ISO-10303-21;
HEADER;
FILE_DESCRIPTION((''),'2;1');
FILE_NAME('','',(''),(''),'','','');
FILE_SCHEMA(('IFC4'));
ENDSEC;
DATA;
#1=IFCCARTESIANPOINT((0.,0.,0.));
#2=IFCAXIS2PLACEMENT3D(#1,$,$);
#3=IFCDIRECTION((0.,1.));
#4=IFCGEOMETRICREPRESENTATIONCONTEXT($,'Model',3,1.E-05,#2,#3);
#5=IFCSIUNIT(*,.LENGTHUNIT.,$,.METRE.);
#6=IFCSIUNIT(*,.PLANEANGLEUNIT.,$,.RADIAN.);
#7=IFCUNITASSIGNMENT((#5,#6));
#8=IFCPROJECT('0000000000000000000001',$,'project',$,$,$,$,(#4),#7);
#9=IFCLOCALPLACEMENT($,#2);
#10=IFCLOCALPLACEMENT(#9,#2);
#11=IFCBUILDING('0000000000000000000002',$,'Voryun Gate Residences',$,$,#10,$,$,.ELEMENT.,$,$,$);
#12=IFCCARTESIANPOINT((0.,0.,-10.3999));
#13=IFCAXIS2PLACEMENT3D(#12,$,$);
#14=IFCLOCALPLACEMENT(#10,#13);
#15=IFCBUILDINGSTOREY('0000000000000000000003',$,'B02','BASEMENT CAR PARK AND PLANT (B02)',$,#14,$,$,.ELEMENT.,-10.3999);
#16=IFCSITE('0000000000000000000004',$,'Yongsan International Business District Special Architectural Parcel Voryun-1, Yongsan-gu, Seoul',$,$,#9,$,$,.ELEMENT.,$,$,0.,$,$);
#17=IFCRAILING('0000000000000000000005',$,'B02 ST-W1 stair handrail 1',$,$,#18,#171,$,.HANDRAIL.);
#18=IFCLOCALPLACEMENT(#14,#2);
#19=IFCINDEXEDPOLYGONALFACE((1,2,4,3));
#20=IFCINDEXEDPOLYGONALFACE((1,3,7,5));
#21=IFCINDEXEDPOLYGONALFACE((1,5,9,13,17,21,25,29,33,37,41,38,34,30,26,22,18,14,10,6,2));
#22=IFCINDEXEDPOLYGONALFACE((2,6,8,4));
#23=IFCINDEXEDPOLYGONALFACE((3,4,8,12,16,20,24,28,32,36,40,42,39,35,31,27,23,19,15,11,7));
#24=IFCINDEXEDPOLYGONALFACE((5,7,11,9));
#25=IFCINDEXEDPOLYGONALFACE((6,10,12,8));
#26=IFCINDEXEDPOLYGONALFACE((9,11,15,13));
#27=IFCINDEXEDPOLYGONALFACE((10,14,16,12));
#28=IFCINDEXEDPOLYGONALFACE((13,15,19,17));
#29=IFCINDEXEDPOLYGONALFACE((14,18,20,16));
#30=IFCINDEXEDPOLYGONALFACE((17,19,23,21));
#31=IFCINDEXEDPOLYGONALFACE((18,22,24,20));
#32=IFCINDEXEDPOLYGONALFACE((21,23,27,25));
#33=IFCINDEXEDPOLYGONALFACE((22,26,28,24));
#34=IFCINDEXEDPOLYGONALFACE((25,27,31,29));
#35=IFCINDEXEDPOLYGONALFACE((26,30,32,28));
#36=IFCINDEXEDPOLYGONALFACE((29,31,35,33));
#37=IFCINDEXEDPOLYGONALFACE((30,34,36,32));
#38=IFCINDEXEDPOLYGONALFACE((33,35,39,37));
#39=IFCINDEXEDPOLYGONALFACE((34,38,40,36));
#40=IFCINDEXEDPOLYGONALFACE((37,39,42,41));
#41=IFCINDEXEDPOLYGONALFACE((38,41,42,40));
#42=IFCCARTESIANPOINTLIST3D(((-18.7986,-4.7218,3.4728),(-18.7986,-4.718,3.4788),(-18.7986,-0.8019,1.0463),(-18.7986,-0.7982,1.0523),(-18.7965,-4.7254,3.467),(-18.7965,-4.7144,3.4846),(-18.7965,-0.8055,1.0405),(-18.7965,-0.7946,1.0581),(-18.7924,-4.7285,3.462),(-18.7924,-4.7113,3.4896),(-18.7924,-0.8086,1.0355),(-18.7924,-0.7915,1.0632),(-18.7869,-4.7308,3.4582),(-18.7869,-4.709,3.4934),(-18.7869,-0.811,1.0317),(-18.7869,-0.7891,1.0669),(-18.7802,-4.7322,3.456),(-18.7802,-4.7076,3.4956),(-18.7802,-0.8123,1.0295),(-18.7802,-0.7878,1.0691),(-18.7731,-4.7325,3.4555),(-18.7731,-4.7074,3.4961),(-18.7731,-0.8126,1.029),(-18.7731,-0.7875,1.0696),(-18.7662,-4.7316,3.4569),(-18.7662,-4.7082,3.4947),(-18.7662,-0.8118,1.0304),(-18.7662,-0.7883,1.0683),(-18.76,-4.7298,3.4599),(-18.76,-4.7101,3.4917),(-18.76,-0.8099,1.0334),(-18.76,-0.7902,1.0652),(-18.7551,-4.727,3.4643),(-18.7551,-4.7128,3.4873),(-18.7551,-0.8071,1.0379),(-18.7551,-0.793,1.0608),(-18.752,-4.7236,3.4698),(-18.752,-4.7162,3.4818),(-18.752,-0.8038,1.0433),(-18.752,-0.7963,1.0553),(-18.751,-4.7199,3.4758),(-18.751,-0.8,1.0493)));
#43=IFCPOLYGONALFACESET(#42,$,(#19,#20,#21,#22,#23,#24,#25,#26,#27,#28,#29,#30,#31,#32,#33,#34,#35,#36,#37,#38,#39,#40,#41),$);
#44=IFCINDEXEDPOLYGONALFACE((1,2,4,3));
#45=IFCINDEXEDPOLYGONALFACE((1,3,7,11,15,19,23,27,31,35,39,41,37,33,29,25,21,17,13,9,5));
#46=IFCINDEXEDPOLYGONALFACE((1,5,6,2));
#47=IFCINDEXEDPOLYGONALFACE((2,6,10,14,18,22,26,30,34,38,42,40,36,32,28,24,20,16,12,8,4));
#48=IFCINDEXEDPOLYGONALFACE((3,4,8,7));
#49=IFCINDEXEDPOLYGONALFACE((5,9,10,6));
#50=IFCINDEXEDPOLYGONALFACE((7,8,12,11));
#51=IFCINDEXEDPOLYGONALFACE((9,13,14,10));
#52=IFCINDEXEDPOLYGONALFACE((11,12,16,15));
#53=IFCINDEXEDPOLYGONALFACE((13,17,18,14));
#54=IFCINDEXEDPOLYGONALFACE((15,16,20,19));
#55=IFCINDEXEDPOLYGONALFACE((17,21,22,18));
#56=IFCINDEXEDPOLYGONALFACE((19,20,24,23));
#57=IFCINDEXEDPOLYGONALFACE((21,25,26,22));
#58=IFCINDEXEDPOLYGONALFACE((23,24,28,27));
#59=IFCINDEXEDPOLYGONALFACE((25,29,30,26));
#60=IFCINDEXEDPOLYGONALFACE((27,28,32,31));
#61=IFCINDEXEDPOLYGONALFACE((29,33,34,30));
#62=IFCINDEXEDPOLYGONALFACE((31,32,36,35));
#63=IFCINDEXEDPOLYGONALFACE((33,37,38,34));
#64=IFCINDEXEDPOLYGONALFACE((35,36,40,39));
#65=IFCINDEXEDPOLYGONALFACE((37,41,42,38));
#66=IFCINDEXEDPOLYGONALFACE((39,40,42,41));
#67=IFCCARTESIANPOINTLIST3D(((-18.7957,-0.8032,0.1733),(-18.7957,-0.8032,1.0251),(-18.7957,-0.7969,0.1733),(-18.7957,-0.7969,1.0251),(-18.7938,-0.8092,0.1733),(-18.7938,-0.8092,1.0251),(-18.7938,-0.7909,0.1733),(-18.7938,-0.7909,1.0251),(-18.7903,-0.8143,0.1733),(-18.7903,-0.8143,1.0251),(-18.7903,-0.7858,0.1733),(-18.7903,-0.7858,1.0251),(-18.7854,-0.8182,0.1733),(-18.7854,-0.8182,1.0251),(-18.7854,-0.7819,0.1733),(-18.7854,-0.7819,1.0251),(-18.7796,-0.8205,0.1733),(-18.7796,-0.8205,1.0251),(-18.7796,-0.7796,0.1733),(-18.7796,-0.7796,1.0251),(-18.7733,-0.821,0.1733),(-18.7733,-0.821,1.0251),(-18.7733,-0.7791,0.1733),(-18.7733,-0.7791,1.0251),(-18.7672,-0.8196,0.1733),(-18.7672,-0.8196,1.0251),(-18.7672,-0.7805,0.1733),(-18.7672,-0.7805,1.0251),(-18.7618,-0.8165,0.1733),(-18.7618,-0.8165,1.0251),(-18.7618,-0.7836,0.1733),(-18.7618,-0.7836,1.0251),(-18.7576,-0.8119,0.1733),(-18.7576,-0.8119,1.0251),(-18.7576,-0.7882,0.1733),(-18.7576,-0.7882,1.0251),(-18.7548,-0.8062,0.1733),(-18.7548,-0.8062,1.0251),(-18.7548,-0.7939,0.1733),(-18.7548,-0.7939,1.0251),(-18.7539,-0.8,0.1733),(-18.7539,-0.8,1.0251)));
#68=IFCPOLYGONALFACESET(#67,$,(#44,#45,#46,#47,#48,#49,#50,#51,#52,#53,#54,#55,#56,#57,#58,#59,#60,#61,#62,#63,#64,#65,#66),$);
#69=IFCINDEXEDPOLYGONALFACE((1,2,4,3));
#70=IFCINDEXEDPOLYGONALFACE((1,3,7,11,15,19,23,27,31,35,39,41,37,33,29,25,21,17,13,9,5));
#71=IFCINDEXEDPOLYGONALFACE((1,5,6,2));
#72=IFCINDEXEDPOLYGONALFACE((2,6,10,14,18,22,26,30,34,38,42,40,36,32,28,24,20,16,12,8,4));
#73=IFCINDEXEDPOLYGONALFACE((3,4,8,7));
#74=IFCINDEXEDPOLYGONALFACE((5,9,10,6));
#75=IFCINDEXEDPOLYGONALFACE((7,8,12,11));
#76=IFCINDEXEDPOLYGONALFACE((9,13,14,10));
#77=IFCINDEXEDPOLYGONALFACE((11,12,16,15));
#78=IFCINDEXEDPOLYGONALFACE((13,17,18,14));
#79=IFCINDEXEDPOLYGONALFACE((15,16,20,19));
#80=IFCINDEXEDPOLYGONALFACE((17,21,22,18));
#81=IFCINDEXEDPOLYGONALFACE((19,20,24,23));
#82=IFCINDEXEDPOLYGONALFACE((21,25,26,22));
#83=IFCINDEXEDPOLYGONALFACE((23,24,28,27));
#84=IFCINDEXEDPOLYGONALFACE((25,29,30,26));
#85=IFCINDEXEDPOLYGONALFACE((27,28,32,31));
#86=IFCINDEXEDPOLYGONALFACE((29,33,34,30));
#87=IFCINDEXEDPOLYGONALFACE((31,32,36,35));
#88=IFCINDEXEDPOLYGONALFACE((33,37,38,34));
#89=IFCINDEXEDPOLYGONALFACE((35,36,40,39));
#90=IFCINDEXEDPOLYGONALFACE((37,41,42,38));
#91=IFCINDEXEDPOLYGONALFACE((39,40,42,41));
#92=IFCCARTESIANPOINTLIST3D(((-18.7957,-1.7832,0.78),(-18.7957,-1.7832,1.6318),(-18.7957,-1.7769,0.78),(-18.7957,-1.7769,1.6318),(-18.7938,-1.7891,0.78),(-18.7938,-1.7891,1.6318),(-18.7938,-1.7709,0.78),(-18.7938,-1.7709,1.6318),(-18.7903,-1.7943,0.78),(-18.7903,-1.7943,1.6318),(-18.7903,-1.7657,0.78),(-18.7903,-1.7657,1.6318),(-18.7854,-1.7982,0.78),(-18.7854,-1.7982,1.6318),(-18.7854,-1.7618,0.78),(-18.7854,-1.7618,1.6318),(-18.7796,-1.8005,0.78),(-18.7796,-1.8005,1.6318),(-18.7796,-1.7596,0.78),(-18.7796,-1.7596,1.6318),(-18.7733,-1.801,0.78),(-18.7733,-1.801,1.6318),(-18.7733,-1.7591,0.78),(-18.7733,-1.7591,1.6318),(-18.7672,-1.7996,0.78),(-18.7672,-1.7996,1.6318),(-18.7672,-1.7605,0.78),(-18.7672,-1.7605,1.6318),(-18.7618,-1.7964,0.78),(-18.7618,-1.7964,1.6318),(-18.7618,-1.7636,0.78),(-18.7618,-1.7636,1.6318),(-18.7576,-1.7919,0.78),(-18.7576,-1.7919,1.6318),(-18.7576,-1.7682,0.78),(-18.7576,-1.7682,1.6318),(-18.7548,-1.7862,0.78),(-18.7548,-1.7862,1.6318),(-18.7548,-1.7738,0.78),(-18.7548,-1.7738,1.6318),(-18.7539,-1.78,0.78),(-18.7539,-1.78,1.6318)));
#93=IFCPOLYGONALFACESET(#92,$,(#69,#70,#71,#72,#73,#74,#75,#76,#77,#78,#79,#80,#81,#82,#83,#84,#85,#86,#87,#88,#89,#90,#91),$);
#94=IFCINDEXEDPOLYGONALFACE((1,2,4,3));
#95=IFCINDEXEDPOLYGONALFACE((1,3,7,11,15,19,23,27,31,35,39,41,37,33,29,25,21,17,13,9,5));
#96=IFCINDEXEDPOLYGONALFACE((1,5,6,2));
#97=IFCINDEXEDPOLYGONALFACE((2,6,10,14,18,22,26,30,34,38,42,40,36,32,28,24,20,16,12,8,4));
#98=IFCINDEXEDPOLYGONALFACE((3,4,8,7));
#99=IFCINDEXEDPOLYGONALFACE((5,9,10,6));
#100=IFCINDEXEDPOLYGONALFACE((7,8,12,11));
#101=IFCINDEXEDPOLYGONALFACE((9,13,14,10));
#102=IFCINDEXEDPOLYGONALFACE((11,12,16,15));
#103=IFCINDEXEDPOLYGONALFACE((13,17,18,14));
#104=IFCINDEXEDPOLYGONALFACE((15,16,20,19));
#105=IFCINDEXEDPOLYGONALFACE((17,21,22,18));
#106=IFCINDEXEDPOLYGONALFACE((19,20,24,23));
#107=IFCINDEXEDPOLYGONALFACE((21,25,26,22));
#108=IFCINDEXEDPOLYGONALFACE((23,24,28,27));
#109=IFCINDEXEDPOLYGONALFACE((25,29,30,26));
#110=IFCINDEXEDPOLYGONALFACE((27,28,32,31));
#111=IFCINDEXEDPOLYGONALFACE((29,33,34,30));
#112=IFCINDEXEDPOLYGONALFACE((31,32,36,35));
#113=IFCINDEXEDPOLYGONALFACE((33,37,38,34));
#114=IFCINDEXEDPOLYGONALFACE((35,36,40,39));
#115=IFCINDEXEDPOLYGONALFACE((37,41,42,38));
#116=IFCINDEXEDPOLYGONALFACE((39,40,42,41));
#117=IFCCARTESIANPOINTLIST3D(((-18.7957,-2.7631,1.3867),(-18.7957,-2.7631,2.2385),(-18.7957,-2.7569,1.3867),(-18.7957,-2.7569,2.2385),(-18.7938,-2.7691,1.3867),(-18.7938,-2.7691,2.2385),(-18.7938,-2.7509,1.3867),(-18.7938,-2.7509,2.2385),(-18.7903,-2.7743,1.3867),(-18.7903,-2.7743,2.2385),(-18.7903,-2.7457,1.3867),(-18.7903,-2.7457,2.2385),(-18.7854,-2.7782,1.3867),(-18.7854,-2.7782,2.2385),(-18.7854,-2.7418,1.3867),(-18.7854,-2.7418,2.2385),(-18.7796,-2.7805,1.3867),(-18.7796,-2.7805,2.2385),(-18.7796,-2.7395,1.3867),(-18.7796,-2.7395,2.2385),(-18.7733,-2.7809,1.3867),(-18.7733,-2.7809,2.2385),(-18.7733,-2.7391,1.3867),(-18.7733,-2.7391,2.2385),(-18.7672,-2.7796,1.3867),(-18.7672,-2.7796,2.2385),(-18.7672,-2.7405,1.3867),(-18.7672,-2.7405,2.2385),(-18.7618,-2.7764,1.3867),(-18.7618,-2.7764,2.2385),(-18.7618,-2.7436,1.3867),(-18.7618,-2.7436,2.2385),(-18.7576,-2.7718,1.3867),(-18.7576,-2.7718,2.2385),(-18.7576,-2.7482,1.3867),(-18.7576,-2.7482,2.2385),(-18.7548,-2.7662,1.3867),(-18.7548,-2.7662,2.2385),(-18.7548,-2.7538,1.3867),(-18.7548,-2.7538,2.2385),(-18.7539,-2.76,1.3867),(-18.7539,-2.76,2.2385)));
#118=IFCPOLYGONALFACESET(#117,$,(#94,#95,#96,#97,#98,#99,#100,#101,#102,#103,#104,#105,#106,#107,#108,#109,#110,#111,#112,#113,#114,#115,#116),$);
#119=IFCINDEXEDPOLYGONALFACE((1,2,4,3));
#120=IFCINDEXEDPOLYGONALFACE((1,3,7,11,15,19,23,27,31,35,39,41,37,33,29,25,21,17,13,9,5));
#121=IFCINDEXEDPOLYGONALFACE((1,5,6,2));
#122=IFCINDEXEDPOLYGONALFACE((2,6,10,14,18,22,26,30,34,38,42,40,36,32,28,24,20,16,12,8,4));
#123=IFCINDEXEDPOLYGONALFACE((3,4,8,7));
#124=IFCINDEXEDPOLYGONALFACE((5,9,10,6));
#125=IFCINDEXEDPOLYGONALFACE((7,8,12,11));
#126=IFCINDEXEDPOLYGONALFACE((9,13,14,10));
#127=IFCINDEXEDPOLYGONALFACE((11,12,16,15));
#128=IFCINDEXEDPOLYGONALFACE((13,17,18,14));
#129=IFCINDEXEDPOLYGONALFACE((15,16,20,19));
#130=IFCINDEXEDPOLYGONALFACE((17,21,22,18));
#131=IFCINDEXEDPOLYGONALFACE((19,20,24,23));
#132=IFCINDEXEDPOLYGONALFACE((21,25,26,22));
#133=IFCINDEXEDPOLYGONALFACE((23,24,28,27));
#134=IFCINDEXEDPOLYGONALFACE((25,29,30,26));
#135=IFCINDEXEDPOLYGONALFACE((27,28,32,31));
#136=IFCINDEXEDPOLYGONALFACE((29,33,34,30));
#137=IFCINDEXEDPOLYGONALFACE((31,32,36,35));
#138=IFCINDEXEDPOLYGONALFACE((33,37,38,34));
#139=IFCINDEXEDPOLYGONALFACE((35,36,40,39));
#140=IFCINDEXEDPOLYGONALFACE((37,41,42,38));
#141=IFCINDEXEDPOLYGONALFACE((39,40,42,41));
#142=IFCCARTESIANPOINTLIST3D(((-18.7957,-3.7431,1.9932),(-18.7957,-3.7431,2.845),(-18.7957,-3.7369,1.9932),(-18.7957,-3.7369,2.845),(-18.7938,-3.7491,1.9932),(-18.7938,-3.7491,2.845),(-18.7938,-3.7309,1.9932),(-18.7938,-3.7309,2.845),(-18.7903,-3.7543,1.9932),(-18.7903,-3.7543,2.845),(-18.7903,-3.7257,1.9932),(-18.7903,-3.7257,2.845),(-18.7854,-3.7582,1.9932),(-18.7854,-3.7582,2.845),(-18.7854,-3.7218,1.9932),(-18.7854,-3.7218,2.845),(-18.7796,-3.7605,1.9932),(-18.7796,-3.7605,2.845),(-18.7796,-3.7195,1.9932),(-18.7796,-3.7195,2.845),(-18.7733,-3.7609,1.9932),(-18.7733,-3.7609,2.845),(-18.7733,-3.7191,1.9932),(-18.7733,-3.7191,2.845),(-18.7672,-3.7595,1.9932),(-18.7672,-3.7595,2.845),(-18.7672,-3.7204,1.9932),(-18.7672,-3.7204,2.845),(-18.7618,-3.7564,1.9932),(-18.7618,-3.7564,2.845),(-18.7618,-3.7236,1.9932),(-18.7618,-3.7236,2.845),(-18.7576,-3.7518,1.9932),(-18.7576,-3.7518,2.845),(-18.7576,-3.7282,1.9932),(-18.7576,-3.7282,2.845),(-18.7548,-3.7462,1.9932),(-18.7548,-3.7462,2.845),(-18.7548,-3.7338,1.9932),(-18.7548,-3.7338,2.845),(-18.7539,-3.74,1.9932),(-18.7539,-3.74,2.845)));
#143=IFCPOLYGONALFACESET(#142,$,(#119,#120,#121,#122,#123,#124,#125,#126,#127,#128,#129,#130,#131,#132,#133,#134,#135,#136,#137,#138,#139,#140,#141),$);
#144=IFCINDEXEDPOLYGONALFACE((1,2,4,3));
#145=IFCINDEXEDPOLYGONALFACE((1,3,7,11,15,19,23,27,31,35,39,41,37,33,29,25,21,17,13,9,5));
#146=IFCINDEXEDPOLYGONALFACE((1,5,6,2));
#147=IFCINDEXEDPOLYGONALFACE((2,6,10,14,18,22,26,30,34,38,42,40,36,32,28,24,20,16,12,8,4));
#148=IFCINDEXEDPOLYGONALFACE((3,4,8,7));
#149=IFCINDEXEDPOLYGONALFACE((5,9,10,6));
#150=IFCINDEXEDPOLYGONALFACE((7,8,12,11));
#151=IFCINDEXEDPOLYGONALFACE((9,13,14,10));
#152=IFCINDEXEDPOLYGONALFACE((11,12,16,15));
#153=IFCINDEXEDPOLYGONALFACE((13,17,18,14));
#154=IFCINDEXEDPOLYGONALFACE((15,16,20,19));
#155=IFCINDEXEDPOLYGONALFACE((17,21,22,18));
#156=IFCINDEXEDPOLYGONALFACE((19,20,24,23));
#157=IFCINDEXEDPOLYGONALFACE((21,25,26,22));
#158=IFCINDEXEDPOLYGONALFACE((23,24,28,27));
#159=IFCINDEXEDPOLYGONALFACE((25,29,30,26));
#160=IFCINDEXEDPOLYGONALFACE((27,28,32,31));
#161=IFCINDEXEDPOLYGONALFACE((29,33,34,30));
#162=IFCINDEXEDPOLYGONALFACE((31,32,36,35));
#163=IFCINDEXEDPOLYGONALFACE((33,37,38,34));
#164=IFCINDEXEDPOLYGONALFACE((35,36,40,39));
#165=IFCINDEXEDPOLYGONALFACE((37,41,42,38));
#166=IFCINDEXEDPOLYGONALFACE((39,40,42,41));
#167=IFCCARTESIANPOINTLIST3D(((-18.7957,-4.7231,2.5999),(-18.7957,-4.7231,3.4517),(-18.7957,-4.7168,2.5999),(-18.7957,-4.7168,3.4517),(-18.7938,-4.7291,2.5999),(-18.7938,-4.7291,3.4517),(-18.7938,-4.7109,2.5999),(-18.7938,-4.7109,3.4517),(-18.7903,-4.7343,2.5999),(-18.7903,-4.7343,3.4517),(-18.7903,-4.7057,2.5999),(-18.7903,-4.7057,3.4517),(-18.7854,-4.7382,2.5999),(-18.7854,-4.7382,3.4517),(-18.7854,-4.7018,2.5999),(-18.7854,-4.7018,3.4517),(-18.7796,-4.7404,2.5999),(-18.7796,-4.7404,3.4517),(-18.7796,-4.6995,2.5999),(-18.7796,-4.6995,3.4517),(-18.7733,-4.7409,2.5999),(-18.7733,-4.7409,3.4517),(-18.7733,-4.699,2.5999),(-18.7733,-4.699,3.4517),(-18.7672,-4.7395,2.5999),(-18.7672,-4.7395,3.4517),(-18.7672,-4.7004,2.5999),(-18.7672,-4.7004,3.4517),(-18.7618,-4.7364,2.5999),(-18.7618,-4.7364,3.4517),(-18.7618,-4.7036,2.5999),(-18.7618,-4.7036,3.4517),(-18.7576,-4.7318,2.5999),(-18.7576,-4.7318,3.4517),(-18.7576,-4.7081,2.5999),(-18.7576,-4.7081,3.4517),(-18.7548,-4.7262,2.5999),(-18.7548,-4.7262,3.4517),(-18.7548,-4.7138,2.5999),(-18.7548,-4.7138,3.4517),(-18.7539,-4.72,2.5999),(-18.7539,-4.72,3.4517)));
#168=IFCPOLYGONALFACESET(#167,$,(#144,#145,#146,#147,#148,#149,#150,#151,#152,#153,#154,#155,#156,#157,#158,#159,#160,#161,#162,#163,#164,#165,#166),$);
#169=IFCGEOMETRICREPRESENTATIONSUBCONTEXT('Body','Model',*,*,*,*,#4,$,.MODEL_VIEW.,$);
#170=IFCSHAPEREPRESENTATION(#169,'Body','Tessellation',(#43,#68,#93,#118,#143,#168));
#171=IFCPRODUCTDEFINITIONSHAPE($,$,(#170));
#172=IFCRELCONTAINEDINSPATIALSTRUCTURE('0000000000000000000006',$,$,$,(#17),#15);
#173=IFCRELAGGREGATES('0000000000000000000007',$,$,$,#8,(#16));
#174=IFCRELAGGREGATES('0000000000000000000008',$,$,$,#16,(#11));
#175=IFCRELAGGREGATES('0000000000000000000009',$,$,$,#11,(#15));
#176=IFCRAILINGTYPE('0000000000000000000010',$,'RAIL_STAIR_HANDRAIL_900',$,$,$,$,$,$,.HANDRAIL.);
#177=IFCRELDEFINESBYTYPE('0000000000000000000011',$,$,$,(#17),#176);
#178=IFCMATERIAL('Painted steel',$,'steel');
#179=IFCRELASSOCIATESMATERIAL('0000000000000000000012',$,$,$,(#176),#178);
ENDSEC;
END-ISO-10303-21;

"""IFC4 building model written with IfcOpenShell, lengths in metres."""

from ifc_helpers import new_model, si_unit, direction, frame, origin, origin_2d, place, context, subcontext, project, spatial, circle, extrude, material, type_object, element, save


model = new_model("IFC4")

# Units and contexts
model_context = context("Model", 3, precision=1e-05, world=origin(), true_north=direction((0.0, 1.0)))
body_context = subcontext(model_context, "Body", "Model", "MODEL_VIEW")
ifc_project = project(units=[si_unit("LENGTHUNIT", "METRE"), si_unit("PLANEANGLEUNIT", "RADIAN")], contexts=[model_context])

# Site, building, storey
site_placement = place(None, origin())
site = spatial("IfcSite", under=ifc_project, at=site_placement, Name="Yongsan International Business District Special Architectural Parcel Voryun-1, Yongsan-gu, Seoul", CompositionType="ELEMENT", RefElevation=0.0)
building_placement = place(site_placement, origin())
building = spatial("IfcBuilding", under=site, at=building_placement, Name="Voryun Gate Residences", CompositionType="ELEMENT")
storey_placement = place(building_placement, frame((0.0, 0.0, -10.3999)))
storey = spatial("IfcBuildingStorey", under=building, at=storey_placement, Name="B02", Description="BASEMENT CAR PARK AND PLANT (B02)", CompositionType="ELEMENT", Elevation=-10.3999)

# Railing
ifc_material_1 = material(Name="Painted steel", Category="steel")
railing_type_1 = type_object("IfcRailingType", Name="RAIL_STAIR_HANDRAIL_900", PredefinedType="HANDRAIL", material=ifc_material_1)
railing_1_placement = place(storey_placement, frame((-18.7749, -0.8, 0.1733)))
element("IfcRailing", 1, at=railing_1_placement, inside=storey, type_object=railing_type_1, Name="B02 ST-W1 stair handrail 1", PredefinedType="HANDRAIL", context=body_context, shape_type="SweptSolid", body=[
    extrude(circle(Radius=0.0239, at=origin_2d()), frame((0.0, 0.0, 0.876), z_axis=(0.0, -0.850275, 0.526338), x_axis=(1.0, 0.0, 0.0)), (0.0, 0.0, 1.0), 4.6101),
    extrude(circle(Radius=0.021, at=origin_2d()), origin(), (0.0, 0.0, 1.0), 0.8518),
    extrude(circle(Radius=0.021, at=origin_2d()), frame((0.0, -0.98, 0.6067)), (0.0, 0.0, 1.0), 0.8518),
    extrude(circle(Radius=0.021, at=origin_2d()), frame((0.0, -1.96, 1.2134)), (0.0, 0.0, 1.0), 0.8518),
    extrude(circle(Radius=0.021, at=origin_2d()), frame((0.0, -2.9399, 1.8198)), (0.0, 0.0, 1.0), 0.8518),
    extrude(circle(Radius=0.021, at=origin_2d()), frame((0.0, -3.9199, 2.4265)), (0.0, 0.0, 1.0), 0.8518),
])

save(model, "model.ifc")
